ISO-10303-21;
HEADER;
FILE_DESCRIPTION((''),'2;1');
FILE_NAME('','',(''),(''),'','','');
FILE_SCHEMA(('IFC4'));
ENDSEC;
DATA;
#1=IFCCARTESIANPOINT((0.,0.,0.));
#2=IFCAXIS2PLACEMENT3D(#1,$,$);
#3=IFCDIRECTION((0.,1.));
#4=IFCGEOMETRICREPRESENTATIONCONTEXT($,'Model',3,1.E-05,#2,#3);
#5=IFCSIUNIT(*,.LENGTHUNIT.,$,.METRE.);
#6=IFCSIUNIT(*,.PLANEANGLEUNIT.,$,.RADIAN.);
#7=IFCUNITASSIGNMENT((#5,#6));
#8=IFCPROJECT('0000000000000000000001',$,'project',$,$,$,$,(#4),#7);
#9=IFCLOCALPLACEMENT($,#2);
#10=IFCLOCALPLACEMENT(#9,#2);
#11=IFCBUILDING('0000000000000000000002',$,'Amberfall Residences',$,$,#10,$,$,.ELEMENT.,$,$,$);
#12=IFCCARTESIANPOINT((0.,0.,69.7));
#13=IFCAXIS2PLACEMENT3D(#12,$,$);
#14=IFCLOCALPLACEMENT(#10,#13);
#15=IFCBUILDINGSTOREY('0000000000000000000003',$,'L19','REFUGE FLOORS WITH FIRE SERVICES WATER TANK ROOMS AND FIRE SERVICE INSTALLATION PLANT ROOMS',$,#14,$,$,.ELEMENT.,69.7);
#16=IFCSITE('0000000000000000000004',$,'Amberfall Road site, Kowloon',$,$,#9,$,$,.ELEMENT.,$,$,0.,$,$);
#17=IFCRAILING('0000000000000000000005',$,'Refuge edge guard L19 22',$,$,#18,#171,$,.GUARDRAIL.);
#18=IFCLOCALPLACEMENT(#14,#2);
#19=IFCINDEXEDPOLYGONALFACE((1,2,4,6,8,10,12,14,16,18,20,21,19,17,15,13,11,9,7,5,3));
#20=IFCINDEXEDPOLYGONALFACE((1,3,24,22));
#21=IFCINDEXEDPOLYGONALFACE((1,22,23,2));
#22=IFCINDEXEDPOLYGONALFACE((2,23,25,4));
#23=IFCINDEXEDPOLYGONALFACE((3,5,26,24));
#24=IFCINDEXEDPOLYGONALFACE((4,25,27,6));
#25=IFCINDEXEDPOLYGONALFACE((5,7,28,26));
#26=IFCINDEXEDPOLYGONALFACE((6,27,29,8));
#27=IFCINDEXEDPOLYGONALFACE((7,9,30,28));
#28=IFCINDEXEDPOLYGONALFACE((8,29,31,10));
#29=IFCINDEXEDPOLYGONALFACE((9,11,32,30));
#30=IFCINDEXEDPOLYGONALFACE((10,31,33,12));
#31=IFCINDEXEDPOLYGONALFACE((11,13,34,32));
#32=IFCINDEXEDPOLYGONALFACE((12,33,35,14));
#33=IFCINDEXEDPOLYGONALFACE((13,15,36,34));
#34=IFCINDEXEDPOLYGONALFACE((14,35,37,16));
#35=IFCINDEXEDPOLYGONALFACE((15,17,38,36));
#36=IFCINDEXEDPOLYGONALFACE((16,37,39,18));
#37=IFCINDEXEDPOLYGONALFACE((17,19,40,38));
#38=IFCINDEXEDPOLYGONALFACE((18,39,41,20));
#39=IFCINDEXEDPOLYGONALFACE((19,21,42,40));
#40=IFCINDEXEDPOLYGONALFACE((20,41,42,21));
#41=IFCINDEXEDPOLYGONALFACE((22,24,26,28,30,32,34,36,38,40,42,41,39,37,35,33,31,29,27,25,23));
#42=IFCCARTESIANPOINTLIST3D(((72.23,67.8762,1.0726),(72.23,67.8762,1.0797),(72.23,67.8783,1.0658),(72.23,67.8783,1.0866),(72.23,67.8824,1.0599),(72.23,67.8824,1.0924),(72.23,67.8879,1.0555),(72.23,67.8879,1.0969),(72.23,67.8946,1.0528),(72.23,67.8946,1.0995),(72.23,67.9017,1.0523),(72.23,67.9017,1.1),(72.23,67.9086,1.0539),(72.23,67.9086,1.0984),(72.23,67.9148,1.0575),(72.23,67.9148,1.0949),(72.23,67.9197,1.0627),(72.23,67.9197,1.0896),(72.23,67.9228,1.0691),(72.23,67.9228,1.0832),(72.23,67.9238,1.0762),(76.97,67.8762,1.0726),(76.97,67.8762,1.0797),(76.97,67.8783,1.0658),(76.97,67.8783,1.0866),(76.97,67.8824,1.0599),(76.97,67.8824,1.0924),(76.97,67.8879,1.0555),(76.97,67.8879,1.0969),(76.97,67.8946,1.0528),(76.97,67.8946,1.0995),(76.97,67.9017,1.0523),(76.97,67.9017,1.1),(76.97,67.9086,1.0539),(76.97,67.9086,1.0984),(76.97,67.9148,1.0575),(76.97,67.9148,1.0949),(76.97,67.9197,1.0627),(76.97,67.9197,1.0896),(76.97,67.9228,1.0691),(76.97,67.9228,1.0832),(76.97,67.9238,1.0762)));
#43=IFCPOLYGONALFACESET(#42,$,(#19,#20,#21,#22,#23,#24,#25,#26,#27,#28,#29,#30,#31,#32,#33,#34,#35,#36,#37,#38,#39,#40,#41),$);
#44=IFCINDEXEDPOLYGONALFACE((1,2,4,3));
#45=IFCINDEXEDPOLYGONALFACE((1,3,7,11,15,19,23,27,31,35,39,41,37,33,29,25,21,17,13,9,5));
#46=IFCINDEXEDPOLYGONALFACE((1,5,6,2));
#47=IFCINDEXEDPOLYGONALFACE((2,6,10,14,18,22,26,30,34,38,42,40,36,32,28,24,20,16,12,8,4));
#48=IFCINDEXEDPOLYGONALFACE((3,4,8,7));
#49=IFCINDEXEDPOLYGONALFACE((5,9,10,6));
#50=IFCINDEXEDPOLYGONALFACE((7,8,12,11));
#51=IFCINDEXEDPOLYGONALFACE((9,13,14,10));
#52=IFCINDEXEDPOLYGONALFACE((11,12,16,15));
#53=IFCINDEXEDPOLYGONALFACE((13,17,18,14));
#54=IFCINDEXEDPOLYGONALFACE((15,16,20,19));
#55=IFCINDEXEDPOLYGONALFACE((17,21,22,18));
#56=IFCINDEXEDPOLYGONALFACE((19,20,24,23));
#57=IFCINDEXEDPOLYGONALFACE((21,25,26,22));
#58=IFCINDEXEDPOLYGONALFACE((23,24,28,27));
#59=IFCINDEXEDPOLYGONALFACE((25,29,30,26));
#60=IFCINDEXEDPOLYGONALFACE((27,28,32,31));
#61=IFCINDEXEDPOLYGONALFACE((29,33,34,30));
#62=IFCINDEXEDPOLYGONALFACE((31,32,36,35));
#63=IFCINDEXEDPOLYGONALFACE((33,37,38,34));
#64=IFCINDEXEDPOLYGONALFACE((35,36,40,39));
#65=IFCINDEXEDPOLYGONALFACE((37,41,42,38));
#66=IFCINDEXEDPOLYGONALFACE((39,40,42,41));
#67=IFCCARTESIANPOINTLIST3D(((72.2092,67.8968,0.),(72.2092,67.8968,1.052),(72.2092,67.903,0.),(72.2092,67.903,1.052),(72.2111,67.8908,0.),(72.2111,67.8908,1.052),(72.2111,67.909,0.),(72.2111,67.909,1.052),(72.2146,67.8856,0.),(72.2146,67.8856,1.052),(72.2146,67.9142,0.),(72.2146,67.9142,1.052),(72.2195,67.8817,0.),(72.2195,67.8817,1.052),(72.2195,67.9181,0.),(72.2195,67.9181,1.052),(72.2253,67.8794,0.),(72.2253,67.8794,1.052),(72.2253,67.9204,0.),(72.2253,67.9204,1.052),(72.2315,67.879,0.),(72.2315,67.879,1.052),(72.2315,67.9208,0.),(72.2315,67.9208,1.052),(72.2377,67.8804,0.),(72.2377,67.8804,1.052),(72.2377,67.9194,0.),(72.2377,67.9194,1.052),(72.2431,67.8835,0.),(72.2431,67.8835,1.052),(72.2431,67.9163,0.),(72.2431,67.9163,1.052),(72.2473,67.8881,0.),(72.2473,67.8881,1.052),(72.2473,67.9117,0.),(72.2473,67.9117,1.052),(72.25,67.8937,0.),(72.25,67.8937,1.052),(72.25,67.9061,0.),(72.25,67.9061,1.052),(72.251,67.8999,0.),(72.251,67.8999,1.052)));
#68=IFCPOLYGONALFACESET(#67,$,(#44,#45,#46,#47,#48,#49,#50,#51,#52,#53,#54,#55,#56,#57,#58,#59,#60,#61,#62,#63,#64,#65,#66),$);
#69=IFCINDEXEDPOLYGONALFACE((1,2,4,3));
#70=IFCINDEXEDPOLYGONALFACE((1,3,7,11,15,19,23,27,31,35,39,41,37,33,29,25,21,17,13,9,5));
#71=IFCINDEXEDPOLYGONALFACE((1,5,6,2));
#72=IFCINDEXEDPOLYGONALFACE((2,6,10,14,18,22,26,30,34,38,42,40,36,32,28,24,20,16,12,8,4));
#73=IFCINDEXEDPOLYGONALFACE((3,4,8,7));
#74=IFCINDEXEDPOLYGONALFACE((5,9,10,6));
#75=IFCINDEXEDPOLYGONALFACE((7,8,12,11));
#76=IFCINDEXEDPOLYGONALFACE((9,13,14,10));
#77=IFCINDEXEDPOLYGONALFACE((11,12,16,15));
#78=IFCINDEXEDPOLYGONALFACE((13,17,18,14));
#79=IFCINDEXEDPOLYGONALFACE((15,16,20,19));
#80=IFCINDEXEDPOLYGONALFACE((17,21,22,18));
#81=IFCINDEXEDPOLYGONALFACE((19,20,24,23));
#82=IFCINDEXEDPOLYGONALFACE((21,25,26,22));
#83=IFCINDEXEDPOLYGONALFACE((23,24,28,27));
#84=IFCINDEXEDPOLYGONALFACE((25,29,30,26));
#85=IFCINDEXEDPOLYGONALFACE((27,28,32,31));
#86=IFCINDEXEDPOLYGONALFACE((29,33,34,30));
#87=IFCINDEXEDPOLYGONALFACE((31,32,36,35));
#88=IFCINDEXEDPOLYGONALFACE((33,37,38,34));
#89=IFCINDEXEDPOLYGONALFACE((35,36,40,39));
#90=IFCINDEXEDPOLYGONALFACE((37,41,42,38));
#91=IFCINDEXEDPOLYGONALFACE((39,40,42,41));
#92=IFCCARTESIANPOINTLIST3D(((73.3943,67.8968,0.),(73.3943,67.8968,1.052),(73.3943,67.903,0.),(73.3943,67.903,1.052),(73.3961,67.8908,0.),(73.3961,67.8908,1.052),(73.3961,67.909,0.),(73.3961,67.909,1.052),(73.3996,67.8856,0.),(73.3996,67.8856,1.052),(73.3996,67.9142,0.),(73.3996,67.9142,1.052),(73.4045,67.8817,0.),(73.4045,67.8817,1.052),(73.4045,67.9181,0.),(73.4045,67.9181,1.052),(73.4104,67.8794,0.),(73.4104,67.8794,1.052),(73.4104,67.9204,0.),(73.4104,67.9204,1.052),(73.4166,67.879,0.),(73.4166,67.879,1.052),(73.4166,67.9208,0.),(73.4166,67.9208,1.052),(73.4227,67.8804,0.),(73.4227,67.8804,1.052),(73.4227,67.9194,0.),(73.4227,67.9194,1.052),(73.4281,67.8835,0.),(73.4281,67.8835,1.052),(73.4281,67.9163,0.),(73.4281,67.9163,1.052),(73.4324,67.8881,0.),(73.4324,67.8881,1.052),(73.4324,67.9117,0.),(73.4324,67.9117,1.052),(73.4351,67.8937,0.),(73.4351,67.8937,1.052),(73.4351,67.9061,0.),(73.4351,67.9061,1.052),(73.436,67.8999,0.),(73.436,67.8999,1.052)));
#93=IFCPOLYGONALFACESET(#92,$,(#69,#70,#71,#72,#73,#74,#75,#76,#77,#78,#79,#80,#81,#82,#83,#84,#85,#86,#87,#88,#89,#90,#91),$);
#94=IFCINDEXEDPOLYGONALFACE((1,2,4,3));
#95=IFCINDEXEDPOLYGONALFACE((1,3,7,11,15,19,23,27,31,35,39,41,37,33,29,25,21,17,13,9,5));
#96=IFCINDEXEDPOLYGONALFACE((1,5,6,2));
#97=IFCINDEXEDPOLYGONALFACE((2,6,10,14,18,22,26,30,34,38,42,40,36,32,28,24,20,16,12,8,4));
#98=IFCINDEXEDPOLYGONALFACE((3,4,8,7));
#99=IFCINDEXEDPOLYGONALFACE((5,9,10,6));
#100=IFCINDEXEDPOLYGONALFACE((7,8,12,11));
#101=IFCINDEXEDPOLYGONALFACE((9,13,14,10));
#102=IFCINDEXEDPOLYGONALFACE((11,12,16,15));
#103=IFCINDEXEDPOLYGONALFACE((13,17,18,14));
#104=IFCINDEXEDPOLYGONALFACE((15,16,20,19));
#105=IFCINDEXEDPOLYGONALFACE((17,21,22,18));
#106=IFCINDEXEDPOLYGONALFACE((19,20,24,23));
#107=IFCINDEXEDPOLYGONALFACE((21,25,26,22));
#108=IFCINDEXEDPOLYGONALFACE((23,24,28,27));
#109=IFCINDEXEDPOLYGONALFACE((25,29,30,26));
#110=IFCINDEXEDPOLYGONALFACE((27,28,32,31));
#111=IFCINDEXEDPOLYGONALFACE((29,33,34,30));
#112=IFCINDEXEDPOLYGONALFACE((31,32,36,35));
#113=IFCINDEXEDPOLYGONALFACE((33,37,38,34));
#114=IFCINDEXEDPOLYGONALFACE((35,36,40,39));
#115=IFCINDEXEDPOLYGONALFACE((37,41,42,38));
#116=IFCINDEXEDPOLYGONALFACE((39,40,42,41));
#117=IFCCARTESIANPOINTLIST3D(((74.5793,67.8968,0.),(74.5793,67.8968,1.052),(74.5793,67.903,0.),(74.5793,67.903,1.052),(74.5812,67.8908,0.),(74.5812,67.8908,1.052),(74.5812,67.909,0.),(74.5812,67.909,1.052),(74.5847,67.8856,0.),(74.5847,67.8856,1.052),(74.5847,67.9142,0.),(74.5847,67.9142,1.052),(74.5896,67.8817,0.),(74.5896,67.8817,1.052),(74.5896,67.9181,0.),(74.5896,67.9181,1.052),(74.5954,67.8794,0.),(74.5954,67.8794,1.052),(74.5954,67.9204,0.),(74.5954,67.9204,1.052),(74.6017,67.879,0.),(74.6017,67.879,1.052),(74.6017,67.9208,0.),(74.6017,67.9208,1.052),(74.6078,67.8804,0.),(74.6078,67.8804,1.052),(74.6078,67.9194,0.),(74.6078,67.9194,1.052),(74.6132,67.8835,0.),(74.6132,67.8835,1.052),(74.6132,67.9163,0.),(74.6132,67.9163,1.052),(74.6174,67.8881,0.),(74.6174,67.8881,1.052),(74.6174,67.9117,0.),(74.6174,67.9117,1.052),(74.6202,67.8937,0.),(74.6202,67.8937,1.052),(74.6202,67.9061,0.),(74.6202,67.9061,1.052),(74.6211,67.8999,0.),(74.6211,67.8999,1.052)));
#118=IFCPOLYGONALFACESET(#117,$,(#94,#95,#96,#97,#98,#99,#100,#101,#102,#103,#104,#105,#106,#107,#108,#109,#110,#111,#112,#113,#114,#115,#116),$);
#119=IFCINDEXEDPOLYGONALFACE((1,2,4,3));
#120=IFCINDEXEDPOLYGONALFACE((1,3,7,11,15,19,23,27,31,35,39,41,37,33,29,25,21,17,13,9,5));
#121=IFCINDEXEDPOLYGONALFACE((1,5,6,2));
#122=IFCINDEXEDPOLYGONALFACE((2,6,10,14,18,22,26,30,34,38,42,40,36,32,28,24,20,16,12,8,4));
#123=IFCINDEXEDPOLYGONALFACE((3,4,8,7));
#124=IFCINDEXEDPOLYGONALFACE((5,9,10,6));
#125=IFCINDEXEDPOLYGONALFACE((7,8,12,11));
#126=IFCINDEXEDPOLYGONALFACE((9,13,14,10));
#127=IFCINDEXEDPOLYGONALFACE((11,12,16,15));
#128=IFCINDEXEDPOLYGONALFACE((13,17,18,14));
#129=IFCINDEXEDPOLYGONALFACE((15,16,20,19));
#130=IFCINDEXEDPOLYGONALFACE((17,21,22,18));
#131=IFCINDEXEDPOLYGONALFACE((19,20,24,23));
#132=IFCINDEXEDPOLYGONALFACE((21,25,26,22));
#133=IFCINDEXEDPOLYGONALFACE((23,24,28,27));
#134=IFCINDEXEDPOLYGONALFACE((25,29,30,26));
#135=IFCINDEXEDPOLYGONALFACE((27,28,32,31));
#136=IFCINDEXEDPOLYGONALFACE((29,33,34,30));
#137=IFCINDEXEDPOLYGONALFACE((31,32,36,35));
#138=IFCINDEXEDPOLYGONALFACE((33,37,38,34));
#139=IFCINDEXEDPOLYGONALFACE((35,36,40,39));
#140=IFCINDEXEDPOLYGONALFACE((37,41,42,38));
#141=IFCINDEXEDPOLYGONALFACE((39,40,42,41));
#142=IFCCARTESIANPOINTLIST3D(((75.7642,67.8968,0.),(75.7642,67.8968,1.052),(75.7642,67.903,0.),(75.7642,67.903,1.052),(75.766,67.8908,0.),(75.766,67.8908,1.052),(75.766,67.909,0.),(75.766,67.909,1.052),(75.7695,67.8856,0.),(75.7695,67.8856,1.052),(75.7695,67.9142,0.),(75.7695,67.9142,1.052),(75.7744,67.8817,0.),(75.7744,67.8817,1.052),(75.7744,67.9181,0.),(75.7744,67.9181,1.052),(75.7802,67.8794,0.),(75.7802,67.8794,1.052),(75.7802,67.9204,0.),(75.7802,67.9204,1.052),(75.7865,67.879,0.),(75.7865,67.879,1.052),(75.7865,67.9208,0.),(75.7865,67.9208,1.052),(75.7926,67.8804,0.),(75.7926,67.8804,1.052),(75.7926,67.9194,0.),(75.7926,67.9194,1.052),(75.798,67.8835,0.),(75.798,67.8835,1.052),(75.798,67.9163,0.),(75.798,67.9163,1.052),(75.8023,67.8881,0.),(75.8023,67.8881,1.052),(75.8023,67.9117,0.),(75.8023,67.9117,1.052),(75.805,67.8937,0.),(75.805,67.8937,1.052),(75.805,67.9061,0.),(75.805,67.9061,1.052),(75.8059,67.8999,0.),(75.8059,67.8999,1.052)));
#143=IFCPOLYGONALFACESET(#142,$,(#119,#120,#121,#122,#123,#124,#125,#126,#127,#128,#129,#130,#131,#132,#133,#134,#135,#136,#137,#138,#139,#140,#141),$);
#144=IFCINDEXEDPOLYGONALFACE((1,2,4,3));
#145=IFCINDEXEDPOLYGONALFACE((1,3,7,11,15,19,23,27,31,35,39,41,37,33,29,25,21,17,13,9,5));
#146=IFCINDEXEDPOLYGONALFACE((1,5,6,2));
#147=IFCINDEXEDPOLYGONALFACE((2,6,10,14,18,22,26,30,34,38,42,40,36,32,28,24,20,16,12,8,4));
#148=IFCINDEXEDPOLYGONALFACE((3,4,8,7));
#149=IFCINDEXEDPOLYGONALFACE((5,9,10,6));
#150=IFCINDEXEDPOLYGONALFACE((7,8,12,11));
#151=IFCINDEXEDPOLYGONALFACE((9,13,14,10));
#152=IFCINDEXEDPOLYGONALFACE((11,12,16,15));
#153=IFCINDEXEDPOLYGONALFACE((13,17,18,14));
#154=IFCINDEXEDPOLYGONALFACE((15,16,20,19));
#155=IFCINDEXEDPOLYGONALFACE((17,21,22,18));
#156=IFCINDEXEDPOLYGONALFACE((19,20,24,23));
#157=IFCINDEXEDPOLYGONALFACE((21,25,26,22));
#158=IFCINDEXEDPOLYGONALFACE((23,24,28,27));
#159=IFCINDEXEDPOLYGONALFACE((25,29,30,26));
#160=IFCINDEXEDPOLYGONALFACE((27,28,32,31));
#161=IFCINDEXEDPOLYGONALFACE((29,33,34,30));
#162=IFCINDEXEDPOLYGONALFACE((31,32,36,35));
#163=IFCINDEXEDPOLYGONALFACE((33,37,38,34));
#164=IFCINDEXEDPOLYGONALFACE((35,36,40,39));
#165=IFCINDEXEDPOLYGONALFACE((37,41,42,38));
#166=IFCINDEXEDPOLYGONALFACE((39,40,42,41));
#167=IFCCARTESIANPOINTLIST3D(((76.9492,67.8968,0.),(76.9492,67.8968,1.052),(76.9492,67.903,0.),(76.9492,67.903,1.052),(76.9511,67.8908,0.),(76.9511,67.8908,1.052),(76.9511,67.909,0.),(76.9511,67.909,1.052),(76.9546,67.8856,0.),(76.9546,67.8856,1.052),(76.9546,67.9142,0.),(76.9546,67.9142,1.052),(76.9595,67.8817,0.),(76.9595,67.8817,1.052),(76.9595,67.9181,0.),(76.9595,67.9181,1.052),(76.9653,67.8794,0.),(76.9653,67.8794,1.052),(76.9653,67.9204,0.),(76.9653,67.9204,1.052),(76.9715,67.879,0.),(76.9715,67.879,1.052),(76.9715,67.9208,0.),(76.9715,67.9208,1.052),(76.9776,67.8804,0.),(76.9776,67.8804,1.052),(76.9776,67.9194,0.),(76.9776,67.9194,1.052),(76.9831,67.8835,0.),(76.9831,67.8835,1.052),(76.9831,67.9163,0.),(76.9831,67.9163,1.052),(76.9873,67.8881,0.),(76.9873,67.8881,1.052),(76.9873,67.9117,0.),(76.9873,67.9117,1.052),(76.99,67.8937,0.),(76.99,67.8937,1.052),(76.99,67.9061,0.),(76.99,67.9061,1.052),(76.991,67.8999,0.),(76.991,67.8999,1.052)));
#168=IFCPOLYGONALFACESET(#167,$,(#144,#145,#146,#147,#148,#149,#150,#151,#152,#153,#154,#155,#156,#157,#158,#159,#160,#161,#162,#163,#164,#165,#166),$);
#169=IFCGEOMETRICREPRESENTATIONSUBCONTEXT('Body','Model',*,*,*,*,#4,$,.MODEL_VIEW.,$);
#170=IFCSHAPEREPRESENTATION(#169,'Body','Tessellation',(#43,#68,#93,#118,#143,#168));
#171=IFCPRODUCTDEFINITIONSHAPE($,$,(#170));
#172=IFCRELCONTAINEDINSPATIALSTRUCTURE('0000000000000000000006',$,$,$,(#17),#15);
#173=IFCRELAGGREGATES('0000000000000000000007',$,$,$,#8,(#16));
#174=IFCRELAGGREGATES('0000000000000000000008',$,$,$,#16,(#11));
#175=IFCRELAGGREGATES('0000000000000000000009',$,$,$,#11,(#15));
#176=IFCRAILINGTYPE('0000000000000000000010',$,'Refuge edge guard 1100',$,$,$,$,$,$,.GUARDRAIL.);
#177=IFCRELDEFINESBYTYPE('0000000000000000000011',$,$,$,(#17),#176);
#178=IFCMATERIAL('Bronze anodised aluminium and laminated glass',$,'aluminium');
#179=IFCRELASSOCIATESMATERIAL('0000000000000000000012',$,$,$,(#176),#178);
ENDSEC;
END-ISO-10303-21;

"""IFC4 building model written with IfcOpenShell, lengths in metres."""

from ifc_helpers import new_model, si_unit, direction, frame, origin, origin_2d, place, context, subcontext, project, spatial, circle, extrude, material, type_object, element, save


model = new_model("IFC4")

# Units and contexts
model_context = context("Model", 3, precision=1e-05, world=origin(), true_north=direction((0.0, 1.0)))
body_context = subcontext(model_context, "Body", "Model", "MODEL_VIEW")
ifc_project = project(units=[si_unit("LENGTHUNIT", "METRE"), si_unit("PLANEANGLEUNIT", "RADIAN")], contexts=[model_context])

# Site, building, storey
site_placement = place(None, origin())
site = spatial("IfcSite", under=ifc_project, at=site_placement, Name="Amberfall Road site, Kowloon", CompositionType="ELEMENT", RefElevation=0.0)
building_placement = place(site_placement, origin())
building = spatial("IfcBuilding", under=site, at=building_placement, Name="Amberfall Residences", CompositionType="ELEMENT")
storey_placement = place(building_placement, frame((0.0, 0.0, 69.7)))
storey = spatial("IfcBuildingStorey", under=building, at=storey_placement, Name="L19", Description="REFUGE FLOORS WITH FIRE SERVICES WATER TANK ROOMS AND FIRE SERVICE INSTALLATION PLANT ROOMS", CompositionType="ELEMENT", Elevation=69.7)

# Railing
ifc_material_1 = material(Name="Bronze anodised aluminium and laminated glass", Category="aluminium")
railing_type = type_object("IfcRailingType", Name="Refuge edge guard 1100", PredefinedType="GUARDRAIL", material=ifc_material_1)
for number, where, name in (
    (1, (72.23, 67.8999, 0.0), "Refuge edge guard L19 22"),
):
    element("IfcRailing", number, at=place(storey_placement, frame(where)), inside=storey, type_object=railing_type, Name=name, PredefinedType="GUARDRAIL", context=body_context, shape_type="SweptSolid", body=[
        extrude(circle(Radius=0.0239, at=origin_2d()), frame((0.0, 0.0, 1.0762), z_axis=(1.0, 0.0, 0.0), x_axis=(0.0, 1.0, 0.0)), (0.0, 0.0, 1.0), 4.74),
        extrude(circle(Radius=0.021, at=origin_2d()), origin(), (0.0, 0.0, 1.0), 1.052),
        extrude(circle(Radius=0.021, at=origin_2d()), frame((1.1851, 0.0, 0.0)), (0.0, 0.0, 1.0), 1.052),
        extrude(circle(Radius=0.021, at=origin_2d()), frame((2.3701, 0.0, 0.0)), (0.0, 0.0, 1.0), 1.052),
        extrude(circle(Radius=0.021, at=origin_2d()), frame((3.5549, 0.0, 0.0)), (0.0, 0.0, 1.0), 1.052),
        extrude(circle(Radius=0.021, at=origin_2d()), frame((4.74, 0.0, 0.0)), (0.0, 0.0, 1.0), 1.052),
    ])

save(model, "model.ifc")
